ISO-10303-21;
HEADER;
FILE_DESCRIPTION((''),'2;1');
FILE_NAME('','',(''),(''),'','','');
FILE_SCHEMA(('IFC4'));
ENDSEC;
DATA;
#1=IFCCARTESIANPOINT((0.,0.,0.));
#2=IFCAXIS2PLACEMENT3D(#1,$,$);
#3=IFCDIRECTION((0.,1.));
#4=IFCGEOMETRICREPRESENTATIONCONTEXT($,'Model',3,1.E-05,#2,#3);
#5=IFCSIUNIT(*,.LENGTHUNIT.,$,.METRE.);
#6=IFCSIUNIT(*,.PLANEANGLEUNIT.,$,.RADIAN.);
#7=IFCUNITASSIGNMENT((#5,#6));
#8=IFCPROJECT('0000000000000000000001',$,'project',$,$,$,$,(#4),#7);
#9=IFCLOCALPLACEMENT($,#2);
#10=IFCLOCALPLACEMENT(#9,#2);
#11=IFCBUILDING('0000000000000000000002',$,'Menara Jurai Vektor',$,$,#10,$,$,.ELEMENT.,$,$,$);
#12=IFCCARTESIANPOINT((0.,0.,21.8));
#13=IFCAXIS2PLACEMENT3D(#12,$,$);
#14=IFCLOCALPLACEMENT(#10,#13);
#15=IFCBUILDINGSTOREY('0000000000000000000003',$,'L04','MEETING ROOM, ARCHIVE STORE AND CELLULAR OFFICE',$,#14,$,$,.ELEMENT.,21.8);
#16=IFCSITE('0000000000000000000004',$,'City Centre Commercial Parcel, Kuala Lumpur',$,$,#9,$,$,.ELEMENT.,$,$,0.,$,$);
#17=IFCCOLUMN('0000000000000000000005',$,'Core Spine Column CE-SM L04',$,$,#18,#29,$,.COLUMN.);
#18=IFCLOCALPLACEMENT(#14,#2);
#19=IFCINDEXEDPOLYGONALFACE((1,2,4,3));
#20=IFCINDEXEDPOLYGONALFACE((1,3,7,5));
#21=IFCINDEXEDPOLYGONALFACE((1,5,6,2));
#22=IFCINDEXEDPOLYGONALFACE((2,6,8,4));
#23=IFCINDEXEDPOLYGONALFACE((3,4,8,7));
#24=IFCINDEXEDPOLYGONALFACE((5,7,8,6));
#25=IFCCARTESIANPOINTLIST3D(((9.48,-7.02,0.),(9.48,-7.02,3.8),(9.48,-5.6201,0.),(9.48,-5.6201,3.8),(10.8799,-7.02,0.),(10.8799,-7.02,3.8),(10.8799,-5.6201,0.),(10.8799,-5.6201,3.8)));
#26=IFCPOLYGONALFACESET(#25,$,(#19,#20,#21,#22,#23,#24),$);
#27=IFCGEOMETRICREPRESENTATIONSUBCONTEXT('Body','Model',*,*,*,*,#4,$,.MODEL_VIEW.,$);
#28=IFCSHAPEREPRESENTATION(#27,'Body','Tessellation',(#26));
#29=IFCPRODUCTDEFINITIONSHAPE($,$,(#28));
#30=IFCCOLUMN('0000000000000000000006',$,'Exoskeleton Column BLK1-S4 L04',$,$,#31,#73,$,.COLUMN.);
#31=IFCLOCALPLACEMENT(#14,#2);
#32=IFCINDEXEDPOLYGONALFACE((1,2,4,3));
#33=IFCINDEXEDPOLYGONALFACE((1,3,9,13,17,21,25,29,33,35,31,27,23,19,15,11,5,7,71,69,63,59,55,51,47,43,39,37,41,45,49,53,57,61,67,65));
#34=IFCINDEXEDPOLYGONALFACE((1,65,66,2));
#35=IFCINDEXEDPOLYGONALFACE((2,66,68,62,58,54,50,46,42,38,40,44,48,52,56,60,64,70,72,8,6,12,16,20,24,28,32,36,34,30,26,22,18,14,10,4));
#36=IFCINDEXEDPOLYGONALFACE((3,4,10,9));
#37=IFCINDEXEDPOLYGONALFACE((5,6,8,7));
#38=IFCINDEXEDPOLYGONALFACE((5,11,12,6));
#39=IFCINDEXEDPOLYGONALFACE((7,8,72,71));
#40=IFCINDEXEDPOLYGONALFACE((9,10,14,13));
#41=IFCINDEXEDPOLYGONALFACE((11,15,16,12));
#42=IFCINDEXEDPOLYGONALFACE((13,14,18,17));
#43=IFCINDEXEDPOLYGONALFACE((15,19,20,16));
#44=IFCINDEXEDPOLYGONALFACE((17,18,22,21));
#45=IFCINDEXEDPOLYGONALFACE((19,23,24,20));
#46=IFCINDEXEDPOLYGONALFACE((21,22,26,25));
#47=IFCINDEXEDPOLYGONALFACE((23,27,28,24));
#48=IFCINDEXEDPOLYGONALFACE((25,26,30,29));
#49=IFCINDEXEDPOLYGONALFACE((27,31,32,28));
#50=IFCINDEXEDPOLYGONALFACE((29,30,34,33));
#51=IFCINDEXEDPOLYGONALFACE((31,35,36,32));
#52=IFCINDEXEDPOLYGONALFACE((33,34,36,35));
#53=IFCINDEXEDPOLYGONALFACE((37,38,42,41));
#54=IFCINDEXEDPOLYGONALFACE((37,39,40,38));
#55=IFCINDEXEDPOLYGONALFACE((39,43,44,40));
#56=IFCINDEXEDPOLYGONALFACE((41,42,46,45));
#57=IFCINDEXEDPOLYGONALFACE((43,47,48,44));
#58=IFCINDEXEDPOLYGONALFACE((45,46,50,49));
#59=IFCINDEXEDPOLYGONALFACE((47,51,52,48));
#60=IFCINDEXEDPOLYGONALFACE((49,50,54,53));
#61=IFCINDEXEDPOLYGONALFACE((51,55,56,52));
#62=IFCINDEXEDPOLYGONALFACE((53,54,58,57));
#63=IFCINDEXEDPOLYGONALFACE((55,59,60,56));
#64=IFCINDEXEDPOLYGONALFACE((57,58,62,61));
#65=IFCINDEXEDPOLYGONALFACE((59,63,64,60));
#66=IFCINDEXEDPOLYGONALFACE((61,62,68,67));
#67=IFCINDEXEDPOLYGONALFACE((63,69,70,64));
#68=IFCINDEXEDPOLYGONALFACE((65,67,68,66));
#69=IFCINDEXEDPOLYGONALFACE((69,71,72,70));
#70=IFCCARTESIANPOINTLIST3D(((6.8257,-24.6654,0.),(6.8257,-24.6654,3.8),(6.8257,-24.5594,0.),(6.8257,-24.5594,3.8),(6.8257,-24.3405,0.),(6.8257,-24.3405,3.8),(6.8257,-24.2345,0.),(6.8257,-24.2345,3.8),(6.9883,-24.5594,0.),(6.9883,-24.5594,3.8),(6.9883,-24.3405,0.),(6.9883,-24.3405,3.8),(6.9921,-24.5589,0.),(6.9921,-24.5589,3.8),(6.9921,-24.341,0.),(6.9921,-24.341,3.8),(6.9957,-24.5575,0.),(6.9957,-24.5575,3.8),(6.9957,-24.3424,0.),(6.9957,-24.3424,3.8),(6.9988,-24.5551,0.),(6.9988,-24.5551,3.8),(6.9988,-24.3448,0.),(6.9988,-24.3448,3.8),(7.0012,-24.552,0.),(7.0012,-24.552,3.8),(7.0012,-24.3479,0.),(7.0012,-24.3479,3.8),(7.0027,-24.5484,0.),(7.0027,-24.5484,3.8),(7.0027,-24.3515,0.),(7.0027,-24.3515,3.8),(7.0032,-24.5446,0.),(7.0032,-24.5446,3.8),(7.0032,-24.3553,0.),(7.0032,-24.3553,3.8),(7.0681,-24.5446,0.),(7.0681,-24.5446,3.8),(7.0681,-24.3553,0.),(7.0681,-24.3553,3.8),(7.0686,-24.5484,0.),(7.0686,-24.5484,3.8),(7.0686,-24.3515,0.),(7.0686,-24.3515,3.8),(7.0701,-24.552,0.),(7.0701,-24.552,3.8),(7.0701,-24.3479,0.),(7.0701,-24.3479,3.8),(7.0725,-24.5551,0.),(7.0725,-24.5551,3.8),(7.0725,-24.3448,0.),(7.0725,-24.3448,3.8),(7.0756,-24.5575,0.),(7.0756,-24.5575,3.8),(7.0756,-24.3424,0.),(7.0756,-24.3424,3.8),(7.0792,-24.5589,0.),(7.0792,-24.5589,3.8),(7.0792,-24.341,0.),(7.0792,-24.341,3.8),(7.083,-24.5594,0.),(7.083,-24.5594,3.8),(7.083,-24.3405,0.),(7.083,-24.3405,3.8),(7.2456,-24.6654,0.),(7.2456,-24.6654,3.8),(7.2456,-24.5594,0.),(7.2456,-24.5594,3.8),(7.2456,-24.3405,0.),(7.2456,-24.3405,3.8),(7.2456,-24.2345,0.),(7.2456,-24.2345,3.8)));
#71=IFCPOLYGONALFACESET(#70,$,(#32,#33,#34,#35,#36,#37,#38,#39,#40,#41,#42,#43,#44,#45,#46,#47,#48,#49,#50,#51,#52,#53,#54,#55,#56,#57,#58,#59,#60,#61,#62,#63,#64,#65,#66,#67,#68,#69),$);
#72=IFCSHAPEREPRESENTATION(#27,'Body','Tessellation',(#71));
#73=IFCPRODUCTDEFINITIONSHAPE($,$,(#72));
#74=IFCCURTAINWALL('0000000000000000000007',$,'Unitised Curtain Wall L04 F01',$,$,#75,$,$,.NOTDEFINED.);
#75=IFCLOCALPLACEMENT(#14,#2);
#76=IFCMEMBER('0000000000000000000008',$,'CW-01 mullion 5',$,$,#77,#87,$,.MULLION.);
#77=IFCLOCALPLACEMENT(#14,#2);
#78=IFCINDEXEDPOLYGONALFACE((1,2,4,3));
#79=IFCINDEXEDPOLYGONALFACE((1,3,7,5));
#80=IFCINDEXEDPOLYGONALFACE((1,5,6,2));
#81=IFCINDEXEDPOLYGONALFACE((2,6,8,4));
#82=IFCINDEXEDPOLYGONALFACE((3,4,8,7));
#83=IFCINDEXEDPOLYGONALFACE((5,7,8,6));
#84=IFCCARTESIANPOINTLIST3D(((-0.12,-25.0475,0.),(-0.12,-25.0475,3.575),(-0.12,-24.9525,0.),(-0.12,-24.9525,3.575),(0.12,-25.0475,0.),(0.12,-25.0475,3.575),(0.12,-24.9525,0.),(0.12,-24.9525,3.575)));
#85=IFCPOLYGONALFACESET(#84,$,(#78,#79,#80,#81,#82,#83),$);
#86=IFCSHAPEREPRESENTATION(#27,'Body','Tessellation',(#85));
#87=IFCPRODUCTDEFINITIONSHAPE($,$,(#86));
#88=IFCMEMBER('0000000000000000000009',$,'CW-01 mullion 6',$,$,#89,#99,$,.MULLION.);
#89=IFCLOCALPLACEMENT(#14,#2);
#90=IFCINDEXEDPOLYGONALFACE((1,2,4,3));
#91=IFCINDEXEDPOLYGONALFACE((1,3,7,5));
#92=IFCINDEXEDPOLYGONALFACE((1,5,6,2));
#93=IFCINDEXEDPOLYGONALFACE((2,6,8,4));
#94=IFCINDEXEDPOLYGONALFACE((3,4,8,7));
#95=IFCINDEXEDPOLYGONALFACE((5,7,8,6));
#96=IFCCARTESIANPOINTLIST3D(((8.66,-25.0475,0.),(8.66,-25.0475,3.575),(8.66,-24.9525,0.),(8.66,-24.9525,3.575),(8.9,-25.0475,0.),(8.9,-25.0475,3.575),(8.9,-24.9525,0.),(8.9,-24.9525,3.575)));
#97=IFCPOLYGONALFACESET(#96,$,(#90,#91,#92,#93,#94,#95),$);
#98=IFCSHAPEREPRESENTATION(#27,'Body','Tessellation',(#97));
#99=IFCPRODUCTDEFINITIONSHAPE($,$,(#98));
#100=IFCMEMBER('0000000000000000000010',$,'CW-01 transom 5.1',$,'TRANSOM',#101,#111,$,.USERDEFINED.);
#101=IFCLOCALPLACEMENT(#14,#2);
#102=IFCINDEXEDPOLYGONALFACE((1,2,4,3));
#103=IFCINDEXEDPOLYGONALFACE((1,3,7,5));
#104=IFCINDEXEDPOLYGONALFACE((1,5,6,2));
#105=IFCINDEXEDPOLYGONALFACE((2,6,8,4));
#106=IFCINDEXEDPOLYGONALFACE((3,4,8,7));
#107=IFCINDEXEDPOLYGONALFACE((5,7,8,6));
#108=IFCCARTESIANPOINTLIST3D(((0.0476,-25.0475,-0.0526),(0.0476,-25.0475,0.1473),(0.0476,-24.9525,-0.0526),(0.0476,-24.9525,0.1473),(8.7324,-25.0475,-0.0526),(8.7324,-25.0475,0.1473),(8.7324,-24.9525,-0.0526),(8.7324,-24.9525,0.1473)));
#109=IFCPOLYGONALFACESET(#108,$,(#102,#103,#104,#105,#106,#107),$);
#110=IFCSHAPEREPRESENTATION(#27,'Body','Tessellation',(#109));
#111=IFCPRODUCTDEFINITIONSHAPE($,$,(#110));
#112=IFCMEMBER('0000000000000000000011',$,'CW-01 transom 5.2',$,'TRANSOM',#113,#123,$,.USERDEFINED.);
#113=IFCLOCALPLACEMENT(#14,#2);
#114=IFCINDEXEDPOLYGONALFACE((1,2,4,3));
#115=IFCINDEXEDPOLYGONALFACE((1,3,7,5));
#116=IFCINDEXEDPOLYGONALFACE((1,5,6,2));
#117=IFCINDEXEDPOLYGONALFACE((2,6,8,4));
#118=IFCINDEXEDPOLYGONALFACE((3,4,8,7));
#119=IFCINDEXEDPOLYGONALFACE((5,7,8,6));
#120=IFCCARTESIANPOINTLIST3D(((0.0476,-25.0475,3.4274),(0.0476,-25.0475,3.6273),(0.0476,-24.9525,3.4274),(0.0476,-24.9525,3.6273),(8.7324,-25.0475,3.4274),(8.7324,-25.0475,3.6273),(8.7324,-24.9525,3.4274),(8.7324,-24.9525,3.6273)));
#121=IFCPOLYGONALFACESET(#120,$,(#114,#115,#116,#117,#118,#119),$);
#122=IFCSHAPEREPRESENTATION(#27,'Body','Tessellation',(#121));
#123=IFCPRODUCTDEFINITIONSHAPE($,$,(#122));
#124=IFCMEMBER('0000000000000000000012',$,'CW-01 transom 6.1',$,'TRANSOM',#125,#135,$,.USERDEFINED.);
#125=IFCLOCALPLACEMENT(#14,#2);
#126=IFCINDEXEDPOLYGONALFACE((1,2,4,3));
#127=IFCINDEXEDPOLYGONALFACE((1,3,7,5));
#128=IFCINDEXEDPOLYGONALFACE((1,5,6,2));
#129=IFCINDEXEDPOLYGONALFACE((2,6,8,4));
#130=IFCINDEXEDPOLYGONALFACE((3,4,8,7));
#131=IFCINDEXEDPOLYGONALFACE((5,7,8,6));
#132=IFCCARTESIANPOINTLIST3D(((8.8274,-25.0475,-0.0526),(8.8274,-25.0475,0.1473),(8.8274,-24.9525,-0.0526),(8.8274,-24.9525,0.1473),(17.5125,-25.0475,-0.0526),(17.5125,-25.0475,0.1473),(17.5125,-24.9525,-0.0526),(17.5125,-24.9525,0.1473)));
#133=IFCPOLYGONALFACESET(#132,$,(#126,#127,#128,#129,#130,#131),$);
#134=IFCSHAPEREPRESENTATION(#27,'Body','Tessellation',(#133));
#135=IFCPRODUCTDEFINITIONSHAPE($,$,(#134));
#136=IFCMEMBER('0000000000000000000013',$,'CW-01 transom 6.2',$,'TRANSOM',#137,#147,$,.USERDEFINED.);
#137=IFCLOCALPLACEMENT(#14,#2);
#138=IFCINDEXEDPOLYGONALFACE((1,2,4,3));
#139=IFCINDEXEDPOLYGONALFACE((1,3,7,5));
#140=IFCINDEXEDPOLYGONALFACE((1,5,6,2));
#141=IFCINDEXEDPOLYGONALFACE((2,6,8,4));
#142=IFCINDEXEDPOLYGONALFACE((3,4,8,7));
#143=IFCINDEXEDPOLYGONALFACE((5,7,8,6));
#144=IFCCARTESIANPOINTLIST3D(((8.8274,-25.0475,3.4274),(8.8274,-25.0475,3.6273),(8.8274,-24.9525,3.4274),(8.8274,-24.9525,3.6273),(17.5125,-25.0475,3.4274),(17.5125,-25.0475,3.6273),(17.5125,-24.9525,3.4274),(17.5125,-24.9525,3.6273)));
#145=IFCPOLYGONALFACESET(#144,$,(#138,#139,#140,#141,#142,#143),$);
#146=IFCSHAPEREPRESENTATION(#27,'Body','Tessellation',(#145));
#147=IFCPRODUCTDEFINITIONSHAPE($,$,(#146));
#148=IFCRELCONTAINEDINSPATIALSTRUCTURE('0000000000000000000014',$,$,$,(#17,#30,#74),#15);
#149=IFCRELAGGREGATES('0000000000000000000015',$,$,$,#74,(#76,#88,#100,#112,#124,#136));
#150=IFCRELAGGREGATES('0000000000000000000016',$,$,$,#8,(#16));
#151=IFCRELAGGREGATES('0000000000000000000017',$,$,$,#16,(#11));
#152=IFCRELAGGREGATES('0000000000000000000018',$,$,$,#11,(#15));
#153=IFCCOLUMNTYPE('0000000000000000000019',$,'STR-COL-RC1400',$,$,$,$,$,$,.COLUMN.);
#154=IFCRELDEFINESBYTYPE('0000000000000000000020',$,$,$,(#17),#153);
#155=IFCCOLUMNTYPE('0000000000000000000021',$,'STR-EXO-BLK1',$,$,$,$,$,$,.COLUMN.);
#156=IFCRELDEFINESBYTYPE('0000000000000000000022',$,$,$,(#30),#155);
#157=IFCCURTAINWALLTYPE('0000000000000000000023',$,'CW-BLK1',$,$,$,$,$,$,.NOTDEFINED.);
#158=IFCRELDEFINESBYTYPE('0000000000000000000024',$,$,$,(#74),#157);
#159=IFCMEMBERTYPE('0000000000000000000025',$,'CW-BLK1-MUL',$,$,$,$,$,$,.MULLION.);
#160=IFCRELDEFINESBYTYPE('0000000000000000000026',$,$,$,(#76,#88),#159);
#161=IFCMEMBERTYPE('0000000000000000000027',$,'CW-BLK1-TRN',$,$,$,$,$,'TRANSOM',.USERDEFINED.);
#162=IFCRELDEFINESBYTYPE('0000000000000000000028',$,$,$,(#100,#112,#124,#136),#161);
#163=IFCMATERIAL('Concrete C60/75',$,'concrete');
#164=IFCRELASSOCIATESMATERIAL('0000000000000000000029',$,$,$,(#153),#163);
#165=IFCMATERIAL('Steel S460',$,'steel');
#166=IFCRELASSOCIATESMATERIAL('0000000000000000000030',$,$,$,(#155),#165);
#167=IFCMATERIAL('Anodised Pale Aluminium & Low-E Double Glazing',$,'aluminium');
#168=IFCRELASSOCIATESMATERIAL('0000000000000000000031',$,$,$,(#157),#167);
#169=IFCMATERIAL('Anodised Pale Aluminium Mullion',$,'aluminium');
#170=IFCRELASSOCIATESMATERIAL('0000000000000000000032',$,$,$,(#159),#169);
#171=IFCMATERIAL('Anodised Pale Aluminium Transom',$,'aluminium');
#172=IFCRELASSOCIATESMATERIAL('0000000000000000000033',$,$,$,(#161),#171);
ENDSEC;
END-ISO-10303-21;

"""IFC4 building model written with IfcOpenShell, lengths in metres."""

from ifc_helpers import new_model, si_unit, direction, frame, origin, origin_2d, place, context, subcontext, project, spatial, rectangle, i_section, extrude, material, material_profile, profile_set, type_object, element, aggregate, save


model = new_model("IFC4")

# Units and contexts
model_context = context("Model", 3, precision=1e-05, world=origin(), true_north=direction((0.0, 1.0)))
body_context = subcontext(model_context, "Body", "Model", "MODEL_VIEW")
ifc_project = project(units=[si_unit("LENGTHUNIT", "METRE"), si_unit("PLANEANGLEUNIT", "RADIAN")], contexts=[model_context])

# Site, building, storey
site_placement = place(None, origin())
site = spatial("IfcSite", under=ifc_project, at=site_placement, Name="City Centre Commercial Parcel, Kuala Lumpur", CompositionType="ELEMENT", RefElevation=0.0)
building_placement = place(site_placement, origin())
building = spatial("IfcBuilding", under=site, at=building_placement, Name="Menara Jurai Vektor", CompositionType="ELEMENT")
storey_placement = place(building_placement, frame((0.0, 0.0, 21.8)))
storey = spatial("IfcBuildingStorey", under=building, at=storey_placement, Name="L04", Description="MEETING ROOM, ARCHIVE STORE AND CELLULAR OFFICE", CompositionType="ELEMENT", Elevation=21.8)

# Columns
ifc_material_1 = material(Name="Concrete C60/75", Category="concrete")
ifc_material_profile_1 = material_profile(ifc_material_1, rectangle(XDim=1.3999, YDim=1.3999, at=origin_2d()), Name="RC 1400x1400")
ifc_profile_set_1 = profile_set([ifc_material_profile_1], Name="Concrete C60/75")
column_type_1 = type_object("IfcColumnType", Name="STR-COL-RC1400", PredefinedType="COLUMN", material=ifc_profile_set_1)
column_1_placement = place(storey_placement, frame((10.1799, -6.3201, 0.0), z_axis=(0.0, 0.0, 1.0), x_axis=(1.0, 0.0, 0.0)))
element("IfcColumn", 1, at=column_1_placement, inside=storey, type_object=column_type_1, Name="Core Spine Column CE-SM L04", PredefinedType="COLUMN", context=body_context, shape_type="SweptSolid", body=[
    extrude(rectangle(XDim=1.3999, YDim=1.3999, at=origin_2d()), origin(), (0.0, 0.0, 1.0), 3.8),
])
ifc_material_2 = material(Name="Steel S460", Category="steel")
ifc_material_profile_2 = material_profile(ifc_material_2, i_section(OverallWidth=0.4199, OverallDepth=0.4309, WebThickness=0.0649, FlangeThickness=0.106, FilletRadius=0.0149, at=origin_2d()), Name="HD 400x900")
ifc_profile_set_2 = profile_set([ifc_material_profile_2], Name="Steel S460")
column_type_2 = type_object("IfcColumnType", Name="STR-EXO-BLK1", PredefinedType="COLUMN", material=ifc_profile_set_2)
column_2_placement = place(storey_placement, frame((7.0356, -24.45, 0.0), z_axis=(0.0, 0.0, 1.0), x_axis=(1.0, 0.0, 0.0)))
element("IfcColumn", 2, at=column_2_placement, inside=storey, type_object=column_type_2, Name="Exoskeleton Column BLK1-S4 L04", PredefinedType="COLUMN", context=body_context, shape_type="SweptSolid", body=[
    extrude(i_section(OverallWidth=0.4199, OverallDepth=0.4309, WebThickness=0.0649, FlangeThickness=0.106, FilletRadius=0.0149, at=origin_2d()), origin(), (0.0, 0.0, 1.0), 3.8),
])

# Curtain wall, members
ifc_material_3 = material(Name="Anodised Pale Aluminium & Low-E Double Glazing", Category="aluminium")
curtain_wall_type = type_object("IfcCurtainWallType", Name="CW-BLK1", PredefinedType="NOTDEFINED", material=ifc_material_3)
curtain_wall_placement = place(storey_placement, origin())
curtain_wall = element("IfcCurtainWall", 3, at=curtain_wall_placement, inside=storey, type_object=curtain_wall_type, Name="Unitised Curtain Wall L04 F01", PredefinedType="NOTDEFINED")
ifc_material_4 = material(Name="Anodised Pale Aluminium Mullion", Category="aluminium")
ifc_material_profile_3 = material_profile(ifc_material_4, rectangle(XDim=0.095, YDim=0.24, at=origin_2d()), Name="ALU MUL 95x240")
ifc_profile_set_3 = profile_set([ifc_material_profile_3], Name="Anodised Pale Aluminium Mullion")
member_type_1 = type_object("IfcMemberType", Name="CW-BLK1-MUL", PredefinedType="MULLION", material=ifc_profile_set_3)
member_1_placement = place(storey_placement, frame((0.0, -25.0, 0.0), z_axis=(0.0, 0.0, 1.0), x_axis=(0.0, 1.0, 0.0)))
member_1 = element("IfcMember", 4, at=member_1_placement, type_object=member_type_1, Name="CW-01 mullion 5", PredefinedType="MULLION", context=body_context, shape_type="SweptSolid", body=[
    extrude(rectangle(XDim=0.095, YDim=0.24, at=origin_2d()), origin(), (0.0, 0.0, 1.0), 3.575),
])
member_2_placement = place(storey_placement, frame((8.78, -25.0, 0.0), z_axis=(0.0, 0.0, 1.0), x_axis=(0.0, 1.0, 0.0)))
member_2 = element("IfcMember", 5, at=member_2_placement, type_object=member_type_1, Name="CW-01 mullion 6", PredefinedType="MULLION", context=body_context, shape_type="SweptSolid", body=[
    extrude(rectangle(XDim=0.095, YDim=0.24, at=origin_2d()), origin(), (0.0, 0.0, 1.0), 3.575),
])
ifc_material_5 = material(Name="Anodised Pale Aluminium Transom", Category="aluminium")
ifc_material_profile_4 = material_profile(ifc_material_5, rectangle(XDim=0.095, YDim=0.2, at=origin_2d()), Name="ALU TRN 95x200")
ifc_profile_set_4 = profile_set([ifc_material_profile_4], Name="Anodised Pale Aluminium Transom")
member_type_2 = type_object("IfcMemberType", Name="CW-BLK1-TRN", ElementType="TRANSOM", PredefinedType="USERDEFINED", material=ifc_profile_set_4)
member_3_placement = place(storey_placement, frame((0.0476, -25.0, 0.0474), z_axis=(1.0, 0.0, 0.0), x_axis=(0.0, 1.0, 0.0)))
member_3 = element("IfcMember", 6, at=member_3_placement, type_object=member_type_2, Name="CW-01 transom 5.1", ObjectType="TRANSOM", PredefinedType="USERDEFINED", context=body_context, shape_type="SweptSolid", body=[
    extrude(rectangle(XDim=0.095, YDim=0.2, at=origin_2d()), origin(), (0.0, 0.0, 1.0), 8.6848),
])
member_4_placement = place(storey_placement, frame((0.0476, -25.0, 3.5273), z_axis=(1.0, 0.0, 0.0), x_axis=(0.0, 1.0, 0.0)))
member_4 = element("IfcMember", 7, at=member_4_placement, type_object=member_type_2, Name="CW-01 transom 5.2", ObjectType="TRANSOM", PredefinedType="USERDEFINED", context=body_context, shape_type="SweptSolid", body=[
    extrude(rectangle(XDim=0.095, YDim=0.2, at=origin_2d()), origin(), (0.0, 0.0, 1.0), 8.6848),
])
member_5_placement = place(storey_placement, frame((8.8274, -25.0, 0.0474), z_axis=(1.0, 0.0, 0.0), x_axis=(0.0, 1.0, 0.0)))
member_5 = element("IfcMember", 8, at=member_5_placement, type_object=member_type_2, Name="CW-01 transom 6.1", ObjectType="TRANSOM", PredefinedType="USERDEFINED", context=body_context, shape_type="SweptSolid", body=[
    extrude(rectangle(XDim=0.095, YDim=0.2, at=origin_2d()), origin(), (0.0, 0.0, 1.0), 8.6851),
])
member_6_placement = place(storey_placement, frame((8.8274, -25.0, 3.5273), z_axis=(1.0, 0.0, 0.0), x_axis=(0.0, 1.0, 0.0)))
member_6 = element("IfcMember", 9, at=member_6_placement, type_object=member_type_2, Name="CW-01 transom 6.2", ObjectType="TRANSOM", PredefinedType="USERDEFINED", context=body_context, shape_type="SweptSolid", body=[
    extrude(rectangle(XDim=0.095, YDim=0.2, at=origin_2d()), origin(), (0.0, 0.0, 1.0), 8.6851),
])

aggregate(curtain_wall, [member_1, member_2, member_3, member_4, member_5, member_6])

save(model, "model.ifc")
